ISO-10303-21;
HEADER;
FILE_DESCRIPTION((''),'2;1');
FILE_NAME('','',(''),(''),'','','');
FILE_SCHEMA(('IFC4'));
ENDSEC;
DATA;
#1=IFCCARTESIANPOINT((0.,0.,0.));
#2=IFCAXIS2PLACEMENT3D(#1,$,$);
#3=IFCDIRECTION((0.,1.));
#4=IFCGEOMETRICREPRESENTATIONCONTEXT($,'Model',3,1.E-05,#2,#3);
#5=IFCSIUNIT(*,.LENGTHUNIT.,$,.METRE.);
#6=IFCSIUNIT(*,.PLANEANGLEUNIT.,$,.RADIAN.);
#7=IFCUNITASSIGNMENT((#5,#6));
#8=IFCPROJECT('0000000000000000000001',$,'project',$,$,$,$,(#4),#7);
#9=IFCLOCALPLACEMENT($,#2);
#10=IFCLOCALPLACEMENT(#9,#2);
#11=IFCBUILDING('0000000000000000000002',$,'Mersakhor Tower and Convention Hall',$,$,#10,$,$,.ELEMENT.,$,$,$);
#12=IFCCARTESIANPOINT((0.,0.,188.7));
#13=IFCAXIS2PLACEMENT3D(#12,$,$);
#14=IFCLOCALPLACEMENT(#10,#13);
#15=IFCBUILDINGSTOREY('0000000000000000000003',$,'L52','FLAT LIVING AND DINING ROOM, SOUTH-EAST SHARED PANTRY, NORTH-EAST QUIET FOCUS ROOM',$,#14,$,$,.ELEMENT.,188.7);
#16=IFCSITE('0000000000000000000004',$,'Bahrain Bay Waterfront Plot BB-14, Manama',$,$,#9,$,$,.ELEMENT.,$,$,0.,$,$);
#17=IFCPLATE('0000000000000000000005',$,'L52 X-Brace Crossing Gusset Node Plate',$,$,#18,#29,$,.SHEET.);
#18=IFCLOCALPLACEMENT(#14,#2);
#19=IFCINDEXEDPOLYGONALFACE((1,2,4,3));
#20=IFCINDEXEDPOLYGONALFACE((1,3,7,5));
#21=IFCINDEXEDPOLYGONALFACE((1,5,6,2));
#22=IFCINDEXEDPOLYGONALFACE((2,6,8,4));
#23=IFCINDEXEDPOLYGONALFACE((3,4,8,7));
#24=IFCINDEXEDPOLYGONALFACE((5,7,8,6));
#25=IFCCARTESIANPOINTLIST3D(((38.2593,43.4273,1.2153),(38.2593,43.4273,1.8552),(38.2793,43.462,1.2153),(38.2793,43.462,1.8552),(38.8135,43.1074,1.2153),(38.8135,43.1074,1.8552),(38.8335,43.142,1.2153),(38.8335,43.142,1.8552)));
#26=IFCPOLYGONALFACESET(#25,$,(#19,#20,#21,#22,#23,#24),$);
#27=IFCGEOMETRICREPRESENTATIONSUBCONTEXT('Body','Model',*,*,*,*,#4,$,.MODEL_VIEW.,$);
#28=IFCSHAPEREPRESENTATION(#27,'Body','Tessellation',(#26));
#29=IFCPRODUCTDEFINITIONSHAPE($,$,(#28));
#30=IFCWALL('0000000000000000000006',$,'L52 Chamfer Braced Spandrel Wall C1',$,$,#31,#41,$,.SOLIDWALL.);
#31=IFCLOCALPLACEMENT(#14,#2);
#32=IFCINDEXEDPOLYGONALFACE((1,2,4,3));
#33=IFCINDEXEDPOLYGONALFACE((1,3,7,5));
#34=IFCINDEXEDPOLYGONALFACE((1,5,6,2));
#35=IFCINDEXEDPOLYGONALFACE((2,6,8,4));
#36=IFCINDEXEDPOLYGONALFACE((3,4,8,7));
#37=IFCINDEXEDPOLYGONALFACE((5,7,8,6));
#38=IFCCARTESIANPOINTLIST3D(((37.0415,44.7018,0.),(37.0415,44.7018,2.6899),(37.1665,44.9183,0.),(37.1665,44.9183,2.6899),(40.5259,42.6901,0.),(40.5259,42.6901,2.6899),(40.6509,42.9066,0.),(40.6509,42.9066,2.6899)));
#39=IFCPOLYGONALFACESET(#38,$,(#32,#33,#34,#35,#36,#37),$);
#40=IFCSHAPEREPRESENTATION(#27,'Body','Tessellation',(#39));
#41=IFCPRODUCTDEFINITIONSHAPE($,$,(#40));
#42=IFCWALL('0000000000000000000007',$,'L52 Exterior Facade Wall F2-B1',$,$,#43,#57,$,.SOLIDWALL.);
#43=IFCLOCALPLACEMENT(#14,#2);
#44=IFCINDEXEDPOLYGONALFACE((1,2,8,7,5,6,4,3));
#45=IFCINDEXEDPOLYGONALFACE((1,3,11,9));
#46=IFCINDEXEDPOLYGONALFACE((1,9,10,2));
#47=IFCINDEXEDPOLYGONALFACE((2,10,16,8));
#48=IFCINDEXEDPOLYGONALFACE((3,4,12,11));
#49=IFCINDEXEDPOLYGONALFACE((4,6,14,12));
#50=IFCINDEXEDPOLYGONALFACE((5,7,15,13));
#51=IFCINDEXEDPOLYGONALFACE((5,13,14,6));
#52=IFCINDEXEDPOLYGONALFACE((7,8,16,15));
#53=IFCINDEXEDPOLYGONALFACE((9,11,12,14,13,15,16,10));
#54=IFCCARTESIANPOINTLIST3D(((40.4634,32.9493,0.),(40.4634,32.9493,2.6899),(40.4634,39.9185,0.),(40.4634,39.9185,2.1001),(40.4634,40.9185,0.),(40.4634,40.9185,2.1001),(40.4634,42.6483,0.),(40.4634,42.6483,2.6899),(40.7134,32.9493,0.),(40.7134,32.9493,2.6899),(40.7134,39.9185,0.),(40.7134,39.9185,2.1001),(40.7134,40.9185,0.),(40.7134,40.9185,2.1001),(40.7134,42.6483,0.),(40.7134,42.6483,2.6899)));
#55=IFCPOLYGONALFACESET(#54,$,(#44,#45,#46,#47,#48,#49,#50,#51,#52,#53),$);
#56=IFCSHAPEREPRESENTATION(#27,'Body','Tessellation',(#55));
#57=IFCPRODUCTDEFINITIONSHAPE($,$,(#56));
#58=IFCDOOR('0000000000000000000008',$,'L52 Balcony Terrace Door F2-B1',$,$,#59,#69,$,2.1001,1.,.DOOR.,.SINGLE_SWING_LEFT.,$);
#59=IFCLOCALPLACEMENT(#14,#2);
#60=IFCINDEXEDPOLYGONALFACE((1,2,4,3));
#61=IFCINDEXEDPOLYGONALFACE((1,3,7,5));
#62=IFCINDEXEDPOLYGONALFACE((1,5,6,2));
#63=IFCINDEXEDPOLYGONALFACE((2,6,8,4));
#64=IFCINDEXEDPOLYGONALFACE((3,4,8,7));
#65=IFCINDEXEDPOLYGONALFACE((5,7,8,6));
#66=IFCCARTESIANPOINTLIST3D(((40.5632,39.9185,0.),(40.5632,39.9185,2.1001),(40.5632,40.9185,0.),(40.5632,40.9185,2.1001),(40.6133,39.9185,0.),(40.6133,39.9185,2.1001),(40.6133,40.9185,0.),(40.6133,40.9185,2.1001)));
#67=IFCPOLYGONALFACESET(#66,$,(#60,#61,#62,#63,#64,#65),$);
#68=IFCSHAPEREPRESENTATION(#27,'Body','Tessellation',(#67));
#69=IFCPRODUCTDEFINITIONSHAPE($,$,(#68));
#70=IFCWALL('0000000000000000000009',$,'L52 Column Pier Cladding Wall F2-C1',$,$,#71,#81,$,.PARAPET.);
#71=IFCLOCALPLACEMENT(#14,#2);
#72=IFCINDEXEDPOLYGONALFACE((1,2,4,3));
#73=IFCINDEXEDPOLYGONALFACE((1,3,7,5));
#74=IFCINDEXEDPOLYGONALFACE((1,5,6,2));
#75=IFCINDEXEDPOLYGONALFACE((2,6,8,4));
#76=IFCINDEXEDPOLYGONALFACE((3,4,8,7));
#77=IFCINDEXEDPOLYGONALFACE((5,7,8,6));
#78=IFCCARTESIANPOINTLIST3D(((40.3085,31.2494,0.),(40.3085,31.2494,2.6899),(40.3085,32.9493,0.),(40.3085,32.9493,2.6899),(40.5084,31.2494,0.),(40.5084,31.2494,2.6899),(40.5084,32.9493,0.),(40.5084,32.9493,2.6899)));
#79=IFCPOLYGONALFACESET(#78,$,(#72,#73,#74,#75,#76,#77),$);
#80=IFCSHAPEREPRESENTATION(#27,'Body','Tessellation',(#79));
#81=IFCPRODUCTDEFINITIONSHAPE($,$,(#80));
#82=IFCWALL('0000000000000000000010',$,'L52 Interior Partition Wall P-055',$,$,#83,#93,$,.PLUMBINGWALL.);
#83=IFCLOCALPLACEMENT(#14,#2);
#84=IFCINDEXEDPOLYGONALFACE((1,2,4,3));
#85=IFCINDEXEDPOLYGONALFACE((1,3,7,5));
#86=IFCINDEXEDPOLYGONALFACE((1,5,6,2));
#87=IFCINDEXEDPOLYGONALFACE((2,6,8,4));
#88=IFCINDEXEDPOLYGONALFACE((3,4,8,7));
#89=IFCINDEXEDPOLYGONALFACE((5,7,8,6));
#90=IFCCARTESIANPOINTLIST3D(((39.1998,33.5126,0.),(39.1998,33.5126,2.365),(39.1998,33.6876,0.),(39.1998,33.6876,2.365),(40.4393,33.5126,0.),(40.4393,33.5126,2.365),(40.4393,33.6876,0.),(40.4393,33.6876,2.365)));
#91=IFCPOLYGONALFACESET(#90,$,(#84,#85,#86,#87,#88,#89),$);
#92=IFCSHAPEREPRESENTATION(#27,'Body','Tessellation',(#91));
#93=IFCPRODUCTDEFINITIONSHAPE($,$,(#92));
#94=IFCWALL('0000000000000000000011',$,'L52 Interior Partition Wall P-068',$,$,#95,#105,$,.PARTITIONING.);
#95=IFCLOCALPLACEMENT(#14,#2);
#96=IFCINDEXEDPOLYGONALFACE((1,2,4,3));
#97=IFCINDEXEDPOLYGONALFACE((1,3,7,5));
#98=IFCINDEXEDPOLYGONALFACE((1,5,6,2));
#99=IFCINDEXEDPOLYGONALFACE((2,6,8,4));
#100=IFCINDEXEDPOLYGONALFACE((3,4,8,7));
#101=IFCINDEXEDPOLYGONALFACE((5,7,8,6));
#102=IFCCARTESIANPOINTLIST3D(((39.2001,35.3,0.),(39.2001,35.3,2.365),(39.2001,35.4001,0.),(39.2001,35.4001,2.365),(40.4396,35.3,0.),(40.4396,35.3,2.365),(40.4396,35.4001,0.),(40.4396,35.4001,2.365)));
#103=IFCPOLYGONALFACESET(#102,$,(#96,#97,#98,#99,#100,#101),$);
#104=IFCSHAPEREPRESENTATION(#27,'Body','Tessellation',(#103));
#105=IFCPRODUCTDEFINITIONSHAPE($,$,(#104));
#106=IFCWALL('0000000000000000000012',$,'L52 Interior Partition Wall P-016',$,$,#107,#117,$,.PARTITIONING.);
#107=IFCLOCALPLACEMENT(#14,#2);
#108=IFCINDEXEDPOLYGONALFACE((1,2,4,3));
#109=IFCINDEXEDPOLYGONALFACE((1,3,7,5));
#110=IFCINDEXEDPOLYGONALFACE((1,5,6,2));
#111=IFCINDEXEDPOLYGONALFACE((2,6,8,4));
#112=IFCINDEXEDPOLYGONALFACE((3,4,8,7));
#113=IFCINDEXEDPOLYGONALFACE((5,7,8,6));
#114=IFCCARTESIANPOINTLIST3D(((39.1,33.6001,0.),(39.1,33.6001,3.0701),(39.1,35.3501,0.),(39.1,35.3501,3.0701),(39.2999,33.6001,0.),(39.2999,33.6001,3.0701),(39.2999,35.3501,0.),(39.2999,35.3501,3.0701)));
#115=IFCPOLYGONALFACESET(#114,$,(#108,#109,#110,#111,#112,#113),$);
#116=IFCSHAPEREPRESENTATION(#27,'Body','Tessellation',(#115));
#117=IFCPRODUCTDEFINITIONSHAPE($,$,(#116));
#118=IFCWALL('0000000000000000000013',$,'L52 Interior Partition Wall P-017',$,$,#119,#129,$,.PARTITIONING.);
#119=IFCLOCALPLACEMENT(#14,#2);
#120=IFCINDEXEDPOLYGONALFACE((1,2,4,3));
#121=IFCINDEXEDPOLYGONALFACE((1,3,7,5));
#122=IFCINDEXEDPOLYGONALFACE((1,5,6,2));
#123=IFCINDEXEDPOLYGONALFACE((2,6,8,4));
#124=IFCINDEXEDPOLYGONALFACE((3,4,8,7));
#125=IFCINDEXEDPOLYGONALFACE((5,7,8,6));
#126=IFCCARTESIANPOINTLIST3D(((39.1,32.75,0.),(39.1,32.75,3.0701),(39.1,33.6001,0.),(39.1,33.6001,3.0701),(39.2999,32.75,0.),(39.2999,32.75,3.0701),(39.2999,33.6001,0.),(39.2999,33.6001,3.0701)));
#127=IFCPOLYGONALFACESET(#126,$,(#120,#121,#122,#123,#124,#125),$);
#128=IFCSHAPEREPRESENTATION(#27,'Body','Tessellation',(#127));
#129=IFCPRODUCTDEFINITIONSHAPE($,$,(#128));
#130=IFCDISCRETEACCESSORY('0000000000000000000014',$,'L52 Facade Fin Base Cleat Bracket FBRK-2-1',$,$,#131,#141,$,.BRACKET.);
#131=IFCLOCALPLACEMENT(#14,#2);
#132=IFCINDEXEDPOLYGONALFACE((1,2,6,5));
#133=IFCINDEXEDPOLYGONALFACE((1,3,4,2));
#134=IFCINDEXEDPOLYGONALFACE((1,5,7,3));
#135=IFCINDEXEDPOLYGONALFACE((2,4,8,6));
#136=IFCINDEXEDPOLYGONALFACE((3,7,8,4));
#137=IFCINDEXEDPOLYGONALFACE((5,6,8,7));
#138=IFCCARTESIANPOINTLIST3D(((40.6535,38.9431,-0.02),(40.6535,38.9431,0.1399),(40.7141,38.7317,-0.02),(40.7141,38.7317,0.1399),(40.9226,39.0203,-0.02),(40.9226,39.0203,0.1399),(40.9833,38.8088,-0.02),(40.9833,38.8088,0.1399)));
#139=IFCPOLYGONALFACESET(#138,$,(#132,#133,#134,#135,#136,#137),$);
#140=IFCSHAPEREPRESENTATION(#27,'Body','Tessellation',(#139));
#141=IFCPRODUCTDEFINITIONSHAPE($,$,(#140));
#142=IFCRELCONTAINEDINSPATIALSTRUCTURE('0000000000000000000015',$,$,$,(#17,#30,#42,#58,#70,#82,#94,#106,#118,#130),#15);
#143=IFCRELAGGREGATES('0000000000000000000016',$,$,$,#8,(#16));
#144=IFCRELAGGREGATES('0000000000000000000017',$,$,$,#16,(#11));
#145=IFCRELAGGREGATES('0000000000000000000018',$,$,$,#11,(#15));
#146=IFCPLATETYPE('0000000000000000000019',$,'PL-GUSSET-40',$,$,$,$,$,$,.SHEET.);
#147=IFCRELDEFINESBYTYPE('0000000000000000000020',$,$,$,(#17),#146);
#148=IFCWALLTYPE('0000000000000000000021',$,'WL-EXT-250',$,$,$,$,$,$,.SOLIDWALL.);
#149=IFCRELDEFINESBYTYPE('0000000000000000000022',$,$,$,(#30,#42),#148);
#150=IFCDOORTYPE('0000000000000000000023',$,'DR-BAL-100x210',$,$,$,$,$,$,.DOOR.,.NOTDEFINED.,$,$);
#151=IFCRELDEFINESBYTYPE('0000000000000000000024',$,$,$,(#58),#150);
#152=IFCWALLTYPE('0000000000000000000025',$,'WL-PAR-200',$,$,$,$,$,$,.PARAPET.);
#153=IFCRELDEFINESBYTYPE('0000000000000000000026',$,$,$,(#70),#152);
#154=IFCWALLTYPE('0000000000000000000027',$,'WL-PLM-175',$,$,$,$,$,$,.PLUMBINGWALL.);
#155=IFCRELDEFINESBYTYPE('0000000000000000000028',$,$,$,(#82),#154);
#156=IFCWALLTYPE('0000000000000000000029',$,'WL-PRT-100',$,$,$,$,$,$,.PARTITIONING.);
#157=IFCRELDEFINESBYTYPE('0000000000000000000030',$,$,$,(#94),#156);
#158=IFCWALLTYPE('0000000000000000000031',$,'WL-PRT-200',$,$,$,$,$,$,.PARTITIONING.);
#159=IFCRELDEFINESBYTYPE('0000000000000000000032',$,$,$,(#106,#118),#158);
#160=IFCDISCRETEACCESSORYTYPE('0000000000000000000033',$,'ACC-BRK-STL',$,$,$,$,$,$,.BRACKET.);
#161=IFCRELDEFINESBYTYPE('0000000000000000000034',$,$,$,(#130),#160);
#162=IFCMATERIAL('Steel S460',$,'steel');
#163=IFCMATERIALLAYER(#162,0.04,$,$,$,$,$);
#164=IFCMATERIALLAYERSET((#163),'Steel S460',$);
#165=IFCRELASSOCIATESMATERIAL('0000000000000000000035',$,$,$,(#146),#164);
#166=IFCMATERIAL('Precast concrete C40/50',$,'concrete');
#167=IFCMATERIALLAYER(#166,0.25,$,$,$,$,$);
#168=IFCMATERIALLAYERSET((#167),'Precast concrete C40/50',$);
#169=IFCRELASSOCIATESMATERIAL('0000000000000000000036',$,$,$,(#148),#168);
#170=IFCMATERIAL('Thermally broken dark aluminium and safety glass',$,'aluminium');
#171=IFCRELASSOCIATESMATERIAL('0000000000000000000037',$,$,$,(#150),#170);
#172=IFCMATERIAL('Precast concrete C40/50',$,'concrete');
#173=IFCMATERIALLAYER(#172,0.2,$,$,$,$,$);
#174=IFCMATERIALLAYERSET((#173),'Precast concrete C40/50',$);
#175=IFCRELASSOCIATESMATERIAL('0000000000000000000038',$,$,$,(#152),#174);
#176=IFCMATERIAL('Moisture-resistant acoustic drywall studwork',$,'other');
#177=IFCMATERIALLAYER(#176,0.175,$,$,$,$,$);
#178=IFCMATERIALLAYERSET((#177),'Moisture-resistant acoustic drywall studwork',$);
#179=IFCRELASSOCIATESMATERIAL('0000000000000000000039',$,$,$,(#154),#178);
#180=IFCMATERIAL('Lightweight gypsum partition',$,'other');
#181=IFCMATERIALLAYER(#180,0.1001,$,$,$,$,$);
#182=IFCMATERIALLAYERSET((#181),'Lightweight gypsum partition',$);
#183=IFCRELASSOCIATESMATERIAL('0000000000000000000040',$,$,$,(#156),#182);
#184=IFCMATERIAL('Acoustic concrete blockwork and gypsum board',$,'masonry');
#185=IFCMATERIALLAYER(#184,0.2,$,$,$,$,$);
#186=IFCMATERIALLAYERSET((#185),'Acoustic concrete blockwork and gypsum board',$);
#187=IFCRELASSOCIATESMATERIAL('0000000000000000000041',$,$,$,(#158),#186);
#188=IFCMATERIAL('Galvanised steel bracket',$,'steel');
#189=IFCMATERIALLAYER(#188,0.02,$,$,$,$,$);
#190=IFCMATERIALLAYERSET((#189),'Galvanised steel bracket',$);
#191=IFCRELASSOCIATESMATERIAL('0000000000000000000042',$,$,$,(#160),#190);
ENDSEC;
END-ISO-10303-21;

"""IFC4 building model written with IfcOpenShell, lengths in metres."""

from ifc_helpers import new_model, si_unit, direction, frame, frame_2d, origin, origin_2d, place, context, subcontext, project, spatial, rectangle, extrude, material, layer, layer_set, type_object, element, fill, save


model = new_model("IFC4")

# Units and contexts
model_context = context("Model", 3, precision=1e-05, world=origin(), true_north=direction((0.0, 1.0)))
body_context = subcontext(model_context, "Body", "Model", "MODEL_VIEW")
ifc_project = project(units=[si_unit("LENGTHUNIT", "METRE"), si_unit("PLANEANGLEUNIT", "RADIAN")], contexts=[model_context])

# Site, building, storey
site_placement = place(None, origin())
site = spatial("IfcSite", under=ifc_project, at=site_placement, Name="Bahrain Bay Waterfront Plot BB-14, Manama", CompositionType="ELEMENT", RefElevation=0.0)
building_placement = place(site_placement, origin())
building = spatial("IfcBuilding", under=site, at=building_placement, Name="Mersakhor Tower and Convention Hall", CompositionType="ELEMENT")
storey_placement = place(building_placement, frame((0.0, 0.0, 188.7)))
storey = spatial("IfcBuildingStorey", under=building, at=storey_placement, Name="L52", Description="FLAT LIVING AND DINING ROOM, SOUTH-EAST SHARED PANTRY, NORTH-EAST QUIET FOCUS ROOM", CompositionType="ELEMENT", Elevation=188.7)

# Plate
ifc_material_1 = material(Name="Steel S460", Category="steel")
ifc_layer_1 = layer(ifc_material_1, 0.04)
ifc_layer_set_1 = layer_set([ifc_layer_1], Name="Steel S460")
plate_type_1 = type_object("IfcPlateType", Name="PL-GUSSET-40", PredefinedType="SHEET", material=ifc_layer_set_1)
plate_1_placement = place(storey_placement, frame((38.5464, 43.2847, 1.2153), z_axis=(0.0, 0.0, 1.0), x_axis=(-0.866025, 0.5, 0.0)))
element("IfcPlate", 1, at=plate_1_placement, inside=storey, type_object=plate_type_1, Name="L52 X-Brace Crossing Gusset Node Plate", PredefinedType="SHEET", context=body_context, shape_type="SweptSolid", body=[
    extrude(rectangle(XDim=0.6399, YDim=0.04, at=origin_2d()), origin(), (0.0, 0.0, 1.0), 0.6399),
])

# Wall
ifc_material_2 = material(Name="Precast concrete C40/50", Category="concrete")
ifc_layer_2 = layer(ifc_material_2, 0.25)
ifc_layer_set_2 = layer_set([ifc_layer_2], Name="Precast concrete C40/50")
wall_type_1 = type_object("IfcWallType", Name="WL-EXT-250", PredefinedType="SOLIDWALL", material=ifc_layer_set_2)
wall_1_placement = place(storey_placement, frame((37.104, 44.8101, 0.0), z_axis=(0.0, 0.0, 1.0), x_axis=(0.866024, -0.500003, 0.0)))
element("IfcWall", 2, at=wall_1_placement, inside=storey, type_object=wall_type_1, Name="L52 Chamfer Braced Spandrel Wall C1", PredefinedType="SOLIDWALL", context=body_context, shape_type="SweptSolid", body=[
    extrude(rectangle(XDim=4.0234, YDim=0.25, at=frame_2d((2.0117, 0.0))), origin(), (0.0, 0.0, 1.0), 2.6899),
])

# Wall, opening, door
wall_2_placement = place(storey_placement, frame((40.5884, 42.6484, 0.0), z_axis=(0.0, 0.0, 1.0), x_axis=(0.0, -1.0, 0.0)))
wall_2 = element("IfcWall", 3, at=wall_2_placement, inside=storey, type_object=wall_type_1, Name="L52 Exterior Facade Wall F2-B1", PredefinedType="SOLIDWALL", context=body_context, shape_type="SweptSolid", body=[
    extrude(rectangle(XDim=9.699, YDim=0.25, at=frame_2d((4.8496, 0.0))), origin(), (0.0, 0.0, 1.0), 2.6899),
])
opening_placement = place(wall_2_placement, frame((1.73, 0.0, 0.0)))
opening = element("IfcOpeningElement", 4, at=opening_placement, cuts=wall_2, PredefinedType="OPENING", context=body_context, shape_type="SweptSolid", body=[
    extrude(rectangle(XDim=1.0, YDim=2.1001, at=frame_2d((0.5, 1.05))), frame((0.0, 0.135, 0.0), z_axis=(0.0, -1.0, 0.0), x_axis=(1.0, 0.0, 0.0)), (0.0, 0.0, 1.0), 0.27),
])
ifc_material_3 = material(Name="Thermally broken dark aluminium and safety glass", Category="aluminium")
door_type = type_object("IfcDoorType", Name="DR-BAL-100x210", OperationType="NOTDEFINED", PredefinedType="DOOR", material=ifc_material_3)
door_placement = place(opening_placement, origin())
door = element("IfcDoor", 5, at=door_placement, inside=storey, type_object=door_type, Name="L52 Balcony Terrace Door F2-B1", OperationType="SINGLE_SWING_LEFT", OverallHeight=2.1001, OverallWidth=1.0, PredefinedType="DOOR", context=body_context, shape_type="SweptSolid", body=[
    extrude(rectangle(XDim=1.0, YDim=2.1001, at=frame_2d((0.5, 1.05))), frame((0.0, 0.0249, 0.0), z_axis=(0.0, -1.0, 0.0), x_axis=(1.0, 0.0, 0.0)), (0.0, 0.0, 1.0), 0.05),
])
fill(opening, door)

# Walls
ifc_material_4 = material(Name="Precast concrete C40/50", Category="concrete")
ifc_layer_3 = layer(ifc_material_4, 0.2)
ifc_layer_set_3 = layer_set([ifc_layer_3], Name="Precast concrete C40/50")
wall_type_2 = type_object("IfcWallType", Name="WL-PAR-200", PredefinedType="PARAPET", material=ifc_layer_set_3)
wall_3_placement = place(storey_placement, frame((40.4084, 32.9495, 0.0), z_axis=(0.0, 0.0, 1.0), x_axis=(0.0, -1.0, 0.0)))
element("IfcWall", 6, at=wall_3_placement, inside=storey, type_object=wall_type_2, Name="L52 Column Pier Cladding Wall F2-C1", PredefinedType="PARAPET", context=body_context, shape_type="SweptSolid", body=[
    extrude(rectangle(XDim=1.7, YDim=0.2, at=frame_2d((0.8501, 0.0))), origin(), (0.0, 0.0, 1.0), 2.6899),
])
ifc_material_5 = material(Name="Moisture-resistant acoustic drywall studwork", Category="other")
ifc_layer_4 = layer(ifc_material_5, 0.175)
ifc_layer_set_4 = layer_set([ifc_layer_4], Name="Moisture-resistant acoustic drywall studwork")
wall_type_3 = type_object("IfcWallType", Name="WL-PLM-175", PredefinedType="PLUMBINGWALL", material=ifc_layer_set_4)
wall_4_placement = place(storey_placement, frame((39.2, 33.6001, 0.0), z_axis=(0.0, 0.0, 1.0), x_axis=(1.0, 0.0, 0.0)))
element("IfcWall", 7, at=wall_4_placement, inside=storey, type_object=wall_type_3, Name="L52 Interior Partition Wall P-055", PredefinedType="PLUMBINGWALL", context=body_context, shape_type="SweptSolid", body=[
    extrude(rectangle(XDim=1.2395, YDim=0.175, at=frame_2d((0.6196, 0.0))), origin(), (0.0, 0.0, 1.0), 2.365),
])
ifc_material_6 = material(Name="Lightweight gypsum partition", Category="other")
ifc_layer_5 = layer(ifc_material_6, 0.1001)
ifc_layer_set_5 = layer_set([ifc_layer_5], Name="Lightweight gypsum partition")
wall_type_4 = type_object("IfcWallType", Name="WL-PRT-100", PredefinedType="PARTITIONING", material=ifc_layer_set_5)
wall_5_placement = place(storey_placement, frame((40.4395, 35.3501, 0.0), z_axis=(0.0, 0.0, 1.0), x_axis=(-1.0, 0.0, 0.0)))
element("IfcWall", 8, at=wall_5_placement, inside=storey, type_object=wall_type_4, Name="L52 Interior Partition Wall P-068", PredefinedType="PARTITIONING", context=body_context, shape_type="SweptSolid", body=[
    extrude(rectangle(XDim=1.2395, YDim=0.1001, at=frame_2d((0.6196, 0.0))), origin(), (0.0, 0.0, 1.0), 2.365),
])
ifc_material_7 = material(Name="Acoustic concrete blockwork and gypsum board", Category="masonry")
ifc_layer_6 = layer(ifc_material_7, 0.2)
ifc_layer_set_6 = layer_set([ifc_layer_6], Name="Acoustic concrete blockwork and gypsum board")
wall_type_5 = type_object("IfcWallType", Name="WL-PRT-200", PredefinedType="PARTITIONING", material=ifc_layer_set_6)
wall_6_placement = place(storey_placement, frame((39.2, 35.3501, 0.0), z_axis=(0.0, 0.0, 1.0), x_axis=(0.0, -1.0, 0.0)))
element("IfcWall", 9, at=wall_6_placement, inside=storey, type_object=wall_type_5, Name="L52 Interior Partition Wall P-016", PredefinedType="PARTITIONING", context=body_context, shape_type="SweptSolid", body=[
    extrude(rectangle(XDim=1.75, YDim=0.2, at=frame_2d((0.875, 0.0))), origin(), (0.0, 0.0, 1.0), 3.0701),
])
wall_7_placement = place(storey_placement, frame((39.2, 33.6001, 0.0), z_axis=(0.0, 0.0, 1.0), x_axis=(0.0, -1.0, 0.0)))
element("IfcWall", 10, at=wall_7_placement, inside=storey, type_object=wall_type_5, Name="L52 Interior Partition Wall P-017", PredefinedType="PARTITIONING", context=body_context, shape_type="SweptSolid", body=[
    extrude(rectangle(XDim=0.8501, YDim=0.2, at=frame_2d((0.425, 0.0))), origin(), (0.0, 0.0, 1.0), 3.0701),
])

# Discrete accessory
ifc_material_8 = material(Name="Galvanised steel bracket", Category="steel")
ifc_layer_7 = layer(ifc_material_8, 0.02)
ifc_layer_set_7 = layer_set([ifc_layer_7], Name="Galvanised steel bracket")
discrete_accessory_type = type_object("IfcDiscreteAccessoryType", Name="ACC-BRK-STL", PredefinedType="BRACKET", material=ifc_layer_set_7)
discrete_accessory_placement = place(storey_placement, frame((40.8184, 38.876, -0.02), z_axis=(0.0, 0.0, 1.0), x_axis=(0.961262, 0.275637, 0.0)))
element("IfcDiscreteAccessory", 11, at=discrete_accessory_placement, inside=storey, type_object=discrete_accessory_type, Name="L52 Facade Fin Base Cleat Bracket FBRK-2-1", PredefinedType="BRACKET", context=body_context, shape_type="SweptSolid", body=[
    extrude(rectangle(XDim=0.28, YDim=0.22, at=origin_2d()), origin(), (0.0, 0.0, 1.0), 0.1599),
])

save(model, "model.ifc")
